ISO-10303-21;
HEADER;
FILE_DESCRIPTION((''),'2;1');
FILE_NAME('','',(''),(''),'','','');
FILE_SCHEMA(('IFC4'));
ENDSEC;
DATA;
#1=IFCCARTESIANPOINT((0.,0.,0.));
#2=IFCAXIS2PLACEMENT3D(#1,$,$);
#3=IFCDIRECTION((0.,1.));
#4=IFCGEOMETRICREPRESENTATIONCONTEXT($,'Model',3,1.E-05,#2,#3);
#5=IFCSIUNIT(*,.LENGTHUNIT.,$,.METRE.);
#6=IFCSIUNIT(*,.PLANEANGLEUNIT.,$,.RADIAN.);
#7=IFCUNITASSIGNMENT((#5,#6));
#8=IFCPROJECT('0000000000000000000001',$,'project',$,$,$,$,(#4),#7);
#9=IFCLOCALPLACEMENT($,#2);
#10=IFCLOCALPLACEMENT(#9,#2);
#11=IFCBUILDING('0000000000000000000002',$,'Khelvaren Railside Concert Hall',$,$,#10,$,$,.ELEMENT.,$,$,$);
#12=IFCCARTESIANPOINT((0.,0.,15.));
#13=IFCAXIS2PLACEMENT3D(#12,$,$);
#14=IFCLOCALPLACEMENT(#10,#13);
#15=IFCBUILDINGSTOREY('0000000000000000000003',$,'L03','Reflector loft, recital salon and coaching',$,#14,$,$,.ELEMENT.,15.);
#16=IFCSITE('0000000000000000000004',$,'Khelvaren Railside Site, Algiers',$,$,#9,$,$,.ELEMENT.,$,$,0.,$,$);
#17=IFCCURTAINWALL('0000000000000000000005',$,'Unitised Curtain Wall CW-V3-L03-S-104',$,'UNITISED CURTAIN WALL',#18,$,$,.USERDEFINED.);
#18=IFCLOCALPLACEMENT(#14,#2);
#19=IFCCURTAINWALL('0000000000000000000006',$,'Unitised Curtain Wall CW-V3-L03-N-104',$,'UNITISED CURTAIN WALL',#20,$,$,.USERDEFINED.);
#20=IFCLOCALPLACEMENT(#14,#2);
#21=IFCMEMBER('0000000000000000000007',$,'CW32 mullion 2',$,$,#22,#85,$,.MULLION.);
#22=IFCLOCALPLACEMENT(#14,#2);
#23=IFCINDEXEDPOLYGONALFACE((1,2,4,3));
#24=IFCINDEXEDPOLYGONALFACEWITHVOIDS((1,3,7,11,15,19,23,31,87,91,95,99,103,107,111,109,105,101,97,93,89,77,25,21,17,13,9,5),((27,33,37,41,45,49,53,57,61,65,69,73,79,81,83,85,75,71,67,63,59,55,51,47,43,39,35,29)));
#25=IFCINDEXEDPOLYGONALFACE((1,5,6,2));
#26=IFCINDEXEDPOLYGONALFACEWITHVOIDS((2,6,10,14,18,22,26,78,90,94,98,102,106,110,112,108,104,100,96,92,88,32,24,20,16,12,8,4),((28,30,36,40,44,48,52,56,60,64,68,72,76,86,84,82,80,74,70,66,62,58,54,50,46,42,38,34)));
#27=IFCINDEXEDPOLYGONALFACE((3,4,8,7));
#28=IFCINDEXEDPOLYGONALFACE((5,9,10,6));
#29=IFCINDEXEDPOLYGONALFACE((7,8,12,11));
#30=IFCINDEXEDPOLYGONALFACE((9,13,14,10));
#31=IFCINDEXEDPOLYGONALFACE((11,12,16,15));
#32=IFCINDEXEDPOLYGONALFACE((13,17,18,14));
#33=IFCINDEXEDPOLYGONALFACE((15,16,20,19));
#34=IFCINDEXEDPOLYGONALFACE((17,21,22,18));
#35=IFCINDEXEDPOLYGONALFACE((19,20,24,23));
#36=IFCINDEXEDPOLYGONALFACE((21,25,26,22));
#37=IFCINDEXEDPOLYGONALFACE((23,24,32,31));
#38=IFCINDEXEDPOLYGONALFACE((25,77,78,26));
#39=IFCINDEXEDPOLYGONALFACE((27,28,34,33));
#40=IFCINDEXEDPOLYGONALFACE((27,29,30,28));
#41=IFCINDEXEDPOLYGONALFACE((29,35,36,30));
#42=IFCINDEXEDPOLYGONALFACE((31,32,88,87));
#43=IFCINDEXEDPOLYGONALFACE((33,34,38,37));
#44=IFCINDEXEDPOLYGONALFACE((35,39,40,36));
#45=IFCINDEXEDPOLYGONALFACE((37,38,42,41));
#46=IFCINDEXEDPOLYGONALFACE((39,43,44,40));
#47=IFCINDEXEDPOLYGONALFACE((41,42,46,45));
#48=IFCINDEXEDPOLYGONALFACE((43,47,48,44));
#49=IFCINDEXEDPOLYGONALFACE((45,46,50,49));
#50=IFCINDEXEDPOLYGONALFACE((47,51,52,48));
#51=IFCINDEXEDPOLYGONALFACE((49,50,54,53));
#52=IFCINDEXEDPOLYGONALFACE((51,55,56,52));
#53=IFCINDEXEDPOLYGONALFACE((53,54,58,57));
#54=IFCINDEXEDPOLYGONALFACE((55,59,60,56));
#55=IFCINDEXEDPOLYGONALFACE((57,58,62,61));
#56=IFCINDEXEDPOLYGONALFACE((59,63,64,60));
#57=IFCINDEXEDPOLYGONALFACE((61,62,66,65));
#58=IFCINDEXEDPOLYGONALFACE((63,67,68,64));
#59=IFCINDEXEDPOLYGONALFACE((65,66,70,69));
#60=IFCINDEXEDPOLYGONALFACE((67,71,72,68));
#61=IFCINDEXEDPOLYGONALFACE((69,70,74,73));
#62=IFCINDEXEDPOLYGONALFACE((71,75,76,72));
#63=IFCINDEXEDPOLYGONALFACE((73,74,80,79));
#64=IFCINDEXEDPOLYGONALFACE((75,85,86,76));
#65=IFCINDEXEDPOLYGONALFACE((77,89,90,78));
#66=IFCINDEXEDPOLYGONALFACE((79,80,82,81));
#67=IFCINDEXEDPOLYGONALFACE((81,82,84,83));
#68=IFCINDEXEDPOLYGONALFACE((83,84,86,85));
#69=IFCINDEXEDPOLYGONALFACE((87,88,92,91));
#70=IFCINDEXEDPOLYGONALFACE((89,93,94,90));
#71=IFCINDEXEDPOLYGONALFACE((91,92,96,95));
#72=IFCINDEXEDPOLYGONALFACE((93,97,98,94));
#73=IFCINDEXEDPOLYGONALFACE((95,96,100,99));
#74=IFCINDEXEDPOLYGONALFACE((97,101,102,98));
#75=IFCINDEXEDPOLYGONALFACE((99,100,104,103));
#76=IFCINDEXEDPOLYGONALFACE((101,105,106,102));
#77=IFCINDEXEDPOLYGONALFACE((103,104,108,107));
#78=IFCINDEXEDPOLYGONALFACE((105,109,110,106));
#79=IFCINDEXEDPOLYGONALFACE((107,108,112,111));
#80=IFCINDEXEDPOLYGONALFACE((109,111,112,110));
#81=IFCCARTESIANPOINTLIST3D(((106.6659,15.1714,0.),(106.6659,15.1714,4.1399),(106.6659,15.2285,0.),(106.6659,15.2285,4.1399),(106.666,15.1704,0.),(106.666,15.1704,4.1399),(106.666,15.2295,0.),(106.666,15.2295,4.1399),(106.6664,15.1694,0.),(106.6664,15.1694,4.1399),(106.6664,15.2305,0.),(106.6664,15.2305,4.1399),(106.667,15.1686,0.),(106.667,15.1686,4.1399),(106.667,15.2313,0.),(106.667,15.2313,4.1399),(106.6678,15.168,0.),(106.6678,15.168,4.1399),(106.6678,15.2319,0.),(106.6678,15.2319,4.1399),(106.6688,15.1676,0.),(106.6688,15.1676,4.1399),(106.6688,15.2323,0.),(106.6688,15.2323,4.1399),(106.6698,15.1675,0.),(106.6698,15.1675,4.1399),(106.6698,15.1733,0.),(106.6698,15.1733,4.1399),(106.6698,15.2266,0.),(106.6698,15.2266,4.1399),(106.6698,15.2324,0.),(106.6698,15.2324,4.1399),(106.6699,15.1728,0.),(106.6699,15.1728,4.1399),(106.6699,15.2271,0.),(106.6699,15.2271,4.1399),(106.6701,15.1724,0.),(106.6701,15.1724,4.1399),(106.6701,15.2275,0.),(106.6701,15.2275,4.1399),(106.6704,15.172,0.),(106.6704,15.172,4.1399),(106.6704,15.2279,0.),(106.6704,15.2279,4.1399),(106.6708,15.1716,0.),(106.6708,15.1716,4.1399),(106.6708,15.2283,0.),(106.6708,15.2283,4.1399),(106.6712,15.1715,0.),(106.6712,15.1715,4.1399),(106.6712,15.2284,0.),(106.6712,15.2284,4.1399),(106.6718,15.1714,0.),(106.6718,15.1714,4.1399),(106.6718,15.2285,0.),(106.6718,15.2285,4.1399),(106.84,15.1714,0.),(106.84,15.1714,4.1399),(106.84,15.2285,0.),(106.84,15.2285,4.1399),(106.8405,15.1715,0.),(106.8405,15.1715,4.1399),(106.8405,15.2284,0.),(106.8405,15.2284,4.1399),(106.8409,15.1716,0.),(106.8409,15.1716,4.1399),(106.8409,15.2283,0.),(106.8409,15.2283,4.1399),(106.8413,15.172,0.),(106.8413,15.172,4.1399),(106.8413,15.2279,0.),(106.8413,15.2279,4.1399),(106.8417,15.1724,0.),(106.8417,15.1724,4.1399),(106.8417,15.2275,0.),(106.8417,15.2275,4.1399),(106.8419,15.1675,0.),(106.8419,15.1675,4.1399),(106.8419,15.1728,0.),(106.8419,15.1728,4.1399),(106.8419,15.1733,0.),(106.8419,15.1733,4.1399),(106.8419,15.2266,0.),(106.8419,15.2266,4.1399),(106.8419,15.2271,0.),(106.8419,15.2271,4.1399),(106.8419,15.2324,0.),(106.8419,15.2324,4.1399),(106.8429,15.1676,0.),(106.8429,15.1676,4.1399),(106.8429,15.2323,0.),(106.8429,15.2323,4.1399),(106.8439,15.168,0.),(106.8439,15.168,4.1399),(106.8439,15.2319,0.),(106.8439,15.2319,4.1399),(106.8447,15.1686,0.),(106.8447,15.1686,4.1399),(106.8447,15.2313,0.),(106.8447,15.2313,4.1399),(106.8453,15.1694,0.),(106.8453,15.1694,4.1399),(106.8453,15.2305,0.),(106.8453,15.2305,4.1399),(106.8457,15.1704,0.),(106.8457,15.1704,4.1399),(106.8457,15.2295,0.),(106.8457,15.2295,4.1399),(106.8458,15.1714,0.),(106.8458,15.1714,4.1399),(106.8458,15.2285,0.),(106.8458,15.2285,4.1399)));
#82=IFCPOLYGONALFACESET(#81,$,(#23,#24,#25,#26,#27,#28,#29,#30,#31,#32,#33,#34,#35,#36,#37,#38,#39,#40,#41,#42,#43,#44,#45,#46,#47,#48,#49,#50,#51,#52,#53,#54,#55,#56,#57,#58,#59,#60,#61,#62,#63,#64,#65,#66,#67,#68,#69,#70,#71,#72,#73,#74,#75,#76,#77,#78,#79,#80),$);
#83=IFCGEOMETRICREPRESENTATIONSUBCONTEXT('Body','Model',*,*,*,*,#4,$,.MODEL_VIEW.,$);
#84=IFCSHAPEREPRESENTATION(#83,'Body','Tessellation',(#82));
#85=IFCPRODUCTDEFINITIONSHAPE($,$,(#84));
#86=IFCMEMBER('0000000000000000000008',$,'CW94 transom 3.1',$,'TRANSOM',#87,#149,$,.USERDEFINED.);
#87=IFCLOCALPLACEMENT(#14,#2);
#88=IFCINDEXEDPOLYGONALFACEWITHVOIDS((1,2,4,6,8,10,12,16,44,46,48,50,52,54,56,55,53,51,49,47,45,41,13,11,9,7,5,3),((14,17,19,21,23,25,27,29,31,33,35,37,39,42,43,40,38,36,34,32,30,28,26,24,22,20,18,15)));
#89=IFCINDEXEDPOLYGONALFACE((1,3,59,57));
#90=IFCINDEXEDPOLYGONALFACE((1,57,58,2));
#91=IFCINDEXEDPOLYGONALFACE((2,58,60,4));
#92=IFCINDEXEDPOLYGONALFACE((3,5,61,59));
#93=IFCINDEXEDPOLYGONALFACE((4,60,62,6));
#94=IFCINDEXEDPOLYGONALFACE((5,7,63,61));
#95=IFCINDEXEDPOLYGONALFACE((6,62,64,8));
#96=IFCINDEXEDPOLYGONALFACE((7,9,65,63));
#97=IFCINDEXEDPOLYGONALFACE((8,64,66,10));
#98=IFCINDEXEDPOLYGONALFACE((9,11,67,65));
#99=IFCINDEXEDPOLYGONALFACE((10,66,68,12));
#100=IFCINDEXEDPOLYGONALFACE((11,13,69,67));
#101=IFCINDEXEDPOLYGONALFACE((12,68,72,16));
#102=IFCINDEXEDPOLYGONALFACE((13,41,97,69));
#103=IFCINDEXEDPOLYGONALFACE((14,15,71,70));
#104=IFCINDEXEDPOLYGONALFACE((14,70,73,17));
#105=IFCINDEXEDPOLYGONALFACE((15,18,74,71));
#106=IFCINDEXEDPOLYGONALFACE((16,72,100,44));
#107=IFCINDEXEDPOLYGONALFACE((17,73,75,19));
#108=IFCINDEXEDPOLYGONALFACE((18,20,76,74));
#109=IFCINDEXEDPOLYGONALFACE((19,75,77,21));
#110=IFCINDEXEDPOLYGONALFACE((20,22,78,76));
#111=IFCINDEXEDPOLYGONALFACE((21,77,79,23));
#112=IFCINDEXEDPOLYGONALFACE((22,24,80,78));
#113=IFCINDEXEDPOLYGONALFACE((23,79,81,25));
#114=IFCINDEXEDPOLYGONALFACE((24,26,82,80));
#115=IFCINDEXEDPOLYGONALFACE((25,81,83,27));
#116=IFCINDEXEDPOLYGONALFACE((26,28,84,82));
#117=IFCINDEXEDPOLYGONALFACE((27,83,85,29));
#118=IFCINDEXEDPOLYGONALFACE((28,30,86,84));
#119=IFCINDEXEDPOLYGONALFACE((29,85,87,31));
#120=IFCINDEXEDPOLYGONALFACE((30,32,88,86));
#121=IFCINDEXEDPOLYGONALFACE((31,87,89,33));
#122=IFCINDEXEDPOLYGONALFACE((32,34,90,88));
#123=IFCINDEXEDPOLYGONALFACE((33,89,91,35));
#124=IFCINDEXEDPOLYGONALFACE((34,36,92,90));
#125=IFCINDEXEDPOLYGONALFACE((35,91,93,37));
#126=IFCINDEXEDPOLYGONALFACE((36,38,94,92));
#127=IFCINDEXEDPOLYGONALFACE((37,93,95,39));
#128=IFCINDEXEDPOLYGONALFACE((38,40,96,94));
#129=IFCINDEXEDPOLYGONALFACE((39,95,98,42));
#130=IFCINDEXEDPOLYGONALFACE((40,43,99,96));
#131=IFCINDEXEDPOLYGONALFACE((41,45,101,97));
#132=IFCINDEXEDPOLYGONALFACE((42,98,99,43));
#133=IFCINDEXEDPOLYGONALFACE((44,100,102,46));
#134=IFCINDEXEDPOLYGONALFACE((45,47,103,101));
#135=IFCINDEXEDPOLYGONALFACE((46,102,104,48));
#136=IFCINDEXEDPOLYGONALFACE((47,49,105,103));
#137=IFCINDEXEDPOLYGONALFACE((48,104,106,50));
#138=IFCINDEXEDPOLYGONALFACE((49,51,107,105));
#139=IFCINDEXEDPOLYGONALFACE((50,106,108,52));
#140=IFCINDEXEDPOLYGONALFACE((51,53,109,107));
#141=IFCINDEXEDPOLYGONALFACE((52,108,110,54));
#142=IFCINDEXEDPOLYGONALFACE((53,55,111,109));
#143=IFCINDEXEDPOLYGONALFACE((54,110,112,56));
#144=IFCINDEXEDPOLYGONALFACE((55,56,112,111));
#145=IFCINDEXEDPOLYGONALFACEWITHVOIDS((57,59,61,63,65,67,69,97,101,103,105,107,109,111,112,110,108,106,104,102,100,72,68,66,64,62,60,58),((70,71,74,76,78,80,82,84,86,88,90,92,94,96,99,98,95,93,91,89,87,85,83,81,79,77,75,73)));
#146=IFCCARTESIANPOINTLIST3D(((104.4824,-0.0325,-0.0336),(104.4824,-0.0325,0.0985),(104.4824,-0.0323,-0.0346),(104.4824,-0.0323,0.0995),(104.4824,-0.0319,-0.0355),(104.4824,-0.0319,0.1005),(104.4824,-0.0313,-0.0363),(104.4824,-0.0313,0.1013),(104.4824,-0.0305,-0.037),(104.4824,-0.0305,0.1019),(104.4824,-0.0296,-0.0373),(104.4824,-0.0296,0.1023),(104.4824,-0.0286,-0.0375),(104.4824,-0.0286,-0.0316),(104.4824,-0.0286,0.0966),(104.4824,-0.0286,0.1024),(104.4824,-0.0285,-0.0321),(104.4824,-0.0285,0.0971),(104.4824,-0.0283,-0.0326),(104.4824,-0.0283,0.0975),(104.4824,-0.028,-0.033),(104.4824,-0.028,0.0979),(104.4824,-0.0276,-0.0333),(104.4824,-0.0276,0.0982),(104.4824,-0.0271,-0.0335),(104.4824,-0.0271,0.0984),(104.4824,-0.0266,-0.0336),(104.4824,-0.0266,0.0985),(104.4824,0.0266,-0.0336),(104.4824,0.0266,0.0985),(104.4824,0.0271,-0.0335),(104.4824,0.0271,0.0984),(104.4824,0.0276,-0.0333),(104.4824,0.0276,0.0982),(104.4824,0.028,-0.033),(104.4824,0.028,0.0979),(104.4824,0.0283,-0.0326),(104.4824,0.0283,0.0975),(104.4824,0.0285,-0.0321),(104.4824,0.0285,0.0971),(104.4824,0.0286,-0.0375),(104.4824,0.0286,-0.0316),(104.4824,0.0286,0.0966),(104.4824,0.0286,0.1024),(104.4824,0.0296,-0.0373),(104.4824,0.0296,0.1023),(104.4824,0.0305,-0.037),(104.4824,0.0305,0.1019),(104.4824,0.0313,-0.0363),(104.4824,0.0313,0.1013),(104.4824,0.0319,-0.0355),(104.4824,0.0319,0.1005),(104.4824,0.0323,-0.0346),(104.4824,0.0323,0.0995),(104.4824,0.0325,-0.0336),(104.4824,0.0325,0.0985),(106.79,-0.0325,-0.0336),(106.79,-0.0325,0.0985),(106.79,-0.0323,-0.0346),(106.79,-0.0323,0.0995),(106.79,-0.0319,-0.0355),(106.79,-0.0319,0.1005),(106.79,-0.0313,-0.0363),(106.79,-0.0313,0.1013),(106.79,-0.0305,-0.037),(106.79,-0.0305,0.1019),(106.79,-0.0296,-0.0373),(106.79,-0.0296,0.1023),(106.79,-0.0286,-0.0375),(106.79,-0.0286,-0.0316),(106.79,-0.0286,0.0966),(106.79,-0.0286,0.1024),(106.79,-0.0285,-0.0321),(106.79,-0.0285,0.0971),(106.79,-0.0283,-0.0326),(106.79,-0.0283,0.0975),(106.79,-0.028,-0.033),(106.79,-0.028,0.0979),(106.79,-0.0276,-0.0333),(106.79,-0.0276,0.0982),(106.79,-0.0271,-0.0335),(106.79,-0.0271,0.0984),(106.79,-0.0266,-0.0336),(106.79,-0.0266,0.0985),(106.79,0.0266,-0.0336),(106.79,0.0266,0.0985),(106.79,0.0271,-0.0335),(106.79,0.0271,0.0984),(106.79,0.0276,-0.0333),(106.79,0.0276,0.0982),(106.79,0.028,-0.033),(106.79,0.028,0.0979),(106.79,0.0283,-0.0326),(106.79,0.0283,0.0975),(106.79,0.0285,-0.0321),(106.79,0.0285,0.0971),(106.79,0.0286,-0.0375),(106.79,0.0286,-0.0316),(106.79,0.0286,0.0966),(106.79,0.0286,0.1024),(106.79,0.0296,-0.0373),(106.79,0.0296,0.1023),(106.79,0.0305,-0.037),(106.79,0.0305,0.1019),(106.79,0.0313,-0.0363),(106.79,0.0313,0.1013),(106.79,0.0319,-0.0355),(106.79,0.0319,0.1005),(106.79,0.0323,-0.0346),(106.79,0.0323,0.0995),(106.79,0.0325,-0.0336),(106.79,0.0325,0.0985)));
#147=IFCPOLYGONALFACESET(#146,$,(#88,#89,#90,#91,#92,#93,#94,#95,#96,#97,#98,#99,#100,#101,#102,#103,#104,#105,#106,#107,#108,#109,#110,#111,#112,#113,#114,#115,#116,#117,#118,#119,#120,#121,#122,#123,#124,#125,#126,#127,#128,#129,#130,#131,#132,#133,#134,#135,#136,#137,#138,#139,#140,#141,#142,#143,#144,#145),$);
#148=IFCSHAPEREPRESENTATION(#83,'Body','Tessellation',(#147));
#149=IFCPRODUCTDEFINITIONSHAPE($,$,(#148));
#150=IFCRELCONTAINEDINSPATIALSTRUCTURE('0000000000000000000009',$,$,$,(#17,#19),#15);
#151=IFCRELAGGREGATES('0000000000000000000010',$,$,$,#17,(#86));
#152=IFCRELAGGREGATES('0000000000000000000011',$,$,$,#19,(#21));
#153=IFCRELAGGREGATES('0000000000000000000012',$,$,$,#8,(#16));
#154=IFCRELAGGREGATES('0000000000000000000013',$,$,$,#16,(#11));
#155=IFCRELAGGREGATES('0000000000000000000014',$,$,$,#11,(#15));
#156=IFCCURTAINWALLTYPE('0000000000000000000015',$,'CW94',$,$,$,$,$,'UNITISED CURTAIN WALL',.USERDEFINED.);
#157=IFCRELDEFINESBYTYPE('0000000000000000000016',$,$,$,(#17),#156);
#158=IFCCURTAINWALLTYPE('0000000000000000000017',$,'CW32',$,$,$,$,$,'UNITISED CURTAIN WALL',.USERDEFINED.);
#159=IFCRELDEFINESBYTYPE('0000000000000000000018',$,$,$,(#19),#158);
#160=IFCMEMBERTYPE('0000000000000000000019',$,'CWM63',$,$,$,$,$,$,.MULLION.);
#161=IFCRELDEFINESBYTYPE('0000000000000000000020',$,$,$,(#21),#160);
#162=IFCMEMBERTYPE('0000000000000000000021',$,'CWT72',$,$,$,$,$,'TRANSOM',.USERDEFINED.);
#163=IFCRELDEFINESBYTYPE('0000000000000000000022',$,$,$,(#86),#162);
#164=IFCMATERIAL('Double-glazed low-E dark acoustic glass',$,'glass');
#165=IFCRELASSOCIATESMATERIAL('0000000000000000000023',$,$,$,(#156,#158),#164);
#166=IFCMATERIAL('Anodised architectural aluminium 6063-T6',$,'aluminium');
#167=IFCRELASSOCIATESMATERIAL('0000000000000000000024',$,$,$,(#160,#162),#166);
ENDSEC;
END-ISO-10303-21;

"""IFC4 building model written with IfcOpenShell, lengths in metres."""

from ifc_helpers import new_model, si_unit, direction, frame, origin, origin_2d, place, context, subcontext, project, spatial, hollow_rectangle, extrude, material, material_profile, profile_set, type_object, element, aggregate, save


model = new_model("IFC4")

# Units and contexts
model_context = context("Model", 3, precision=1e-05, world=origin(), true_north=direction((0.0, 1.0)))
body_context = subcontext(model_context, "Body", "Model", "MODEL_VIEW")
ifc_project = project(units=[si_unit("LENGTHUNIT", "METRE"), si_unit("PLANEANGLEUNIT", "RADIAN")], contexts=[model_context])

# Site, building, storey
site_placement = place(None, origin())
site = spatial("IfcSite", under=ifc_project, at=site_placement, Name="Khelvaren Railside Site, Algiers", CompositionType="ELEMENT", RefElevation=0.0)
building_placement = place(site_placement, origin())
building = spatial("IfcBuilding", under=site, at=building_placement, Name="Khelvaren Railside Concert Hall", CompositionType="ELEMENT")
storey_placement = place(building_placement, frame((0.0, 0.0, 15.0)))
storey = spatial("IfcBuildingStorey", under=building, at=storey_placement, Name="L03", Description="Reflector loft, recital salon and coaching", CompositionType="ELEMENT", Elevation=15.0)

# Curtain walls, member
ifc_material_1 = material(Name="Double-glazed low-E dark acoustic glass", Category="glass")
curtain_wall_type_1 = type_object("IfcCurtainWallType", Name="CW94", ElementType="UNITISED CURTAIN WALL", PredefinedType="USERDEFINED", material=ifc_material_1)
curtain_wall_1_placement = place(storey_placement, origin())
curtain_wall_1 = element("IfcCurtainWall", 1, at=curtain_wall_1_placement, inside=storey, type_object=curtain_wall_type_1, Name="Unitised Curtain Wall CW-V3-L03-S-104", ObjectType="UNITISED CURTAIN WALL", PredefinedType="USERDEFINED")
ifc_material_2 = material(Name="Anodised architectural aluminium 6063-T6", Category="aluminium")
ifc_material_profile_1 = material_profile(ifc_material_2, hollow_rectangle(XDim=0.0649, YDim=0.1799, WallThickness=0.0039, InnerFilletRadius=0.002, OuterFilletRadius=0.0039, at=origin_2d()), Name="CWM 65x180x4")
ifc_profile_set_1 = profile_set([ifc_material_profile_1], Name="Anodised architectural aluminium 6063-T6")
member_type_1 = type_object("IfcMemberType", Name="CWM63", PredefinedType="MULLION", material=ifc_profile_set_1)
curtain_wall_type_2 = type_object("IfcCurtainWallType", Name="CW32", ElementType="UNITISED CURTAIN WALL", PredefinedType="USERDEFINED", material=ifc_material_1)
curtain_wall_2_placement = place(storey_placement, origin())
curtain_wall_2 = element("IfcCurtainWall", 2, at=curtain_wall_2_placement, inside=storey, type_object=curtain_wall_type_2, Name="Unitised Curtain Wall CW-V3-L03-N-104", ObjectType="UNITISED CURTAIN WALL", PredefinedType="USERDEFINED")
member_1_placement = place(storey_placement, frame((106.7559, 15.2, 0.0), z_axis=(0.0, 0.0, 1.0), x_axis=(0.0, 1.0, 0.0)))
member_1 = element("IfcMember", 3, at=member_1_placement, type_object=member_type_1, Name="CW32 mullion 2", PredefinedType="MULLION", context=body_context, shape_type="SweptSolid", body=[
    extrude(hollow_rectangle(XDim=0.0649, YDim=0.1799, WallThickness=0.0039, InnerFilletRadius=0.002, OuterFilletRadius=0.0039, at=origin_2d()), origin(), (0.0, 0.0, 1.0), 4.1399),
])

# Member
ifc_material_profile_2 = material_profile(ifc_material_2, hollow_rectangle(XDim=0.0649, YDim=0.1399, WallThickness=0.0039, InnerFilletRadius=0.002, OuterFilletRadius=0.0039, at=origin_2d()), Name="CWT 65x140x4")
ifc_profile_set_2 = profile_set([ifc_material_profile_2], Name="Anodised architectural aluminium 6063-T6")
member_type_2 = type_object("IfcMemberType", Name="CWT72", ElementType="TRANSOM", PredefinedType="USERDEFINED", material=ifc_profile_set_2)
member_2_placement = place(storey_placement, frame((106.79, 0.0, 0.0325), z_axis=(-1.0, 0.0, 0.0), x_axis=(0.0, -1.0, 0.0)))
member_2 = element("IfcMember", 4, at=member_2_placement, type_object=member_type_2, Name="CW94 transom 3.1", ObjectType="TRANSOM", PredefinedType="USERDEFINED", context=body_context, shape_type="SweptSolid", body=[
    extrude(hollow_rectangle(XDim=0.0649, YDim=0.1399, WallThickness=0.0039, InnerFilletRadius=0.002, OuterFilletRadius=0.0039, at=origin_2d()), origin(), (0.0, 0.0, 1.0), 2.3076),
])

aggregate(curtain_wall_1, [member_2])
aggregate(curtain_wall_2, [member_1])

save(model, "model.ifc")
